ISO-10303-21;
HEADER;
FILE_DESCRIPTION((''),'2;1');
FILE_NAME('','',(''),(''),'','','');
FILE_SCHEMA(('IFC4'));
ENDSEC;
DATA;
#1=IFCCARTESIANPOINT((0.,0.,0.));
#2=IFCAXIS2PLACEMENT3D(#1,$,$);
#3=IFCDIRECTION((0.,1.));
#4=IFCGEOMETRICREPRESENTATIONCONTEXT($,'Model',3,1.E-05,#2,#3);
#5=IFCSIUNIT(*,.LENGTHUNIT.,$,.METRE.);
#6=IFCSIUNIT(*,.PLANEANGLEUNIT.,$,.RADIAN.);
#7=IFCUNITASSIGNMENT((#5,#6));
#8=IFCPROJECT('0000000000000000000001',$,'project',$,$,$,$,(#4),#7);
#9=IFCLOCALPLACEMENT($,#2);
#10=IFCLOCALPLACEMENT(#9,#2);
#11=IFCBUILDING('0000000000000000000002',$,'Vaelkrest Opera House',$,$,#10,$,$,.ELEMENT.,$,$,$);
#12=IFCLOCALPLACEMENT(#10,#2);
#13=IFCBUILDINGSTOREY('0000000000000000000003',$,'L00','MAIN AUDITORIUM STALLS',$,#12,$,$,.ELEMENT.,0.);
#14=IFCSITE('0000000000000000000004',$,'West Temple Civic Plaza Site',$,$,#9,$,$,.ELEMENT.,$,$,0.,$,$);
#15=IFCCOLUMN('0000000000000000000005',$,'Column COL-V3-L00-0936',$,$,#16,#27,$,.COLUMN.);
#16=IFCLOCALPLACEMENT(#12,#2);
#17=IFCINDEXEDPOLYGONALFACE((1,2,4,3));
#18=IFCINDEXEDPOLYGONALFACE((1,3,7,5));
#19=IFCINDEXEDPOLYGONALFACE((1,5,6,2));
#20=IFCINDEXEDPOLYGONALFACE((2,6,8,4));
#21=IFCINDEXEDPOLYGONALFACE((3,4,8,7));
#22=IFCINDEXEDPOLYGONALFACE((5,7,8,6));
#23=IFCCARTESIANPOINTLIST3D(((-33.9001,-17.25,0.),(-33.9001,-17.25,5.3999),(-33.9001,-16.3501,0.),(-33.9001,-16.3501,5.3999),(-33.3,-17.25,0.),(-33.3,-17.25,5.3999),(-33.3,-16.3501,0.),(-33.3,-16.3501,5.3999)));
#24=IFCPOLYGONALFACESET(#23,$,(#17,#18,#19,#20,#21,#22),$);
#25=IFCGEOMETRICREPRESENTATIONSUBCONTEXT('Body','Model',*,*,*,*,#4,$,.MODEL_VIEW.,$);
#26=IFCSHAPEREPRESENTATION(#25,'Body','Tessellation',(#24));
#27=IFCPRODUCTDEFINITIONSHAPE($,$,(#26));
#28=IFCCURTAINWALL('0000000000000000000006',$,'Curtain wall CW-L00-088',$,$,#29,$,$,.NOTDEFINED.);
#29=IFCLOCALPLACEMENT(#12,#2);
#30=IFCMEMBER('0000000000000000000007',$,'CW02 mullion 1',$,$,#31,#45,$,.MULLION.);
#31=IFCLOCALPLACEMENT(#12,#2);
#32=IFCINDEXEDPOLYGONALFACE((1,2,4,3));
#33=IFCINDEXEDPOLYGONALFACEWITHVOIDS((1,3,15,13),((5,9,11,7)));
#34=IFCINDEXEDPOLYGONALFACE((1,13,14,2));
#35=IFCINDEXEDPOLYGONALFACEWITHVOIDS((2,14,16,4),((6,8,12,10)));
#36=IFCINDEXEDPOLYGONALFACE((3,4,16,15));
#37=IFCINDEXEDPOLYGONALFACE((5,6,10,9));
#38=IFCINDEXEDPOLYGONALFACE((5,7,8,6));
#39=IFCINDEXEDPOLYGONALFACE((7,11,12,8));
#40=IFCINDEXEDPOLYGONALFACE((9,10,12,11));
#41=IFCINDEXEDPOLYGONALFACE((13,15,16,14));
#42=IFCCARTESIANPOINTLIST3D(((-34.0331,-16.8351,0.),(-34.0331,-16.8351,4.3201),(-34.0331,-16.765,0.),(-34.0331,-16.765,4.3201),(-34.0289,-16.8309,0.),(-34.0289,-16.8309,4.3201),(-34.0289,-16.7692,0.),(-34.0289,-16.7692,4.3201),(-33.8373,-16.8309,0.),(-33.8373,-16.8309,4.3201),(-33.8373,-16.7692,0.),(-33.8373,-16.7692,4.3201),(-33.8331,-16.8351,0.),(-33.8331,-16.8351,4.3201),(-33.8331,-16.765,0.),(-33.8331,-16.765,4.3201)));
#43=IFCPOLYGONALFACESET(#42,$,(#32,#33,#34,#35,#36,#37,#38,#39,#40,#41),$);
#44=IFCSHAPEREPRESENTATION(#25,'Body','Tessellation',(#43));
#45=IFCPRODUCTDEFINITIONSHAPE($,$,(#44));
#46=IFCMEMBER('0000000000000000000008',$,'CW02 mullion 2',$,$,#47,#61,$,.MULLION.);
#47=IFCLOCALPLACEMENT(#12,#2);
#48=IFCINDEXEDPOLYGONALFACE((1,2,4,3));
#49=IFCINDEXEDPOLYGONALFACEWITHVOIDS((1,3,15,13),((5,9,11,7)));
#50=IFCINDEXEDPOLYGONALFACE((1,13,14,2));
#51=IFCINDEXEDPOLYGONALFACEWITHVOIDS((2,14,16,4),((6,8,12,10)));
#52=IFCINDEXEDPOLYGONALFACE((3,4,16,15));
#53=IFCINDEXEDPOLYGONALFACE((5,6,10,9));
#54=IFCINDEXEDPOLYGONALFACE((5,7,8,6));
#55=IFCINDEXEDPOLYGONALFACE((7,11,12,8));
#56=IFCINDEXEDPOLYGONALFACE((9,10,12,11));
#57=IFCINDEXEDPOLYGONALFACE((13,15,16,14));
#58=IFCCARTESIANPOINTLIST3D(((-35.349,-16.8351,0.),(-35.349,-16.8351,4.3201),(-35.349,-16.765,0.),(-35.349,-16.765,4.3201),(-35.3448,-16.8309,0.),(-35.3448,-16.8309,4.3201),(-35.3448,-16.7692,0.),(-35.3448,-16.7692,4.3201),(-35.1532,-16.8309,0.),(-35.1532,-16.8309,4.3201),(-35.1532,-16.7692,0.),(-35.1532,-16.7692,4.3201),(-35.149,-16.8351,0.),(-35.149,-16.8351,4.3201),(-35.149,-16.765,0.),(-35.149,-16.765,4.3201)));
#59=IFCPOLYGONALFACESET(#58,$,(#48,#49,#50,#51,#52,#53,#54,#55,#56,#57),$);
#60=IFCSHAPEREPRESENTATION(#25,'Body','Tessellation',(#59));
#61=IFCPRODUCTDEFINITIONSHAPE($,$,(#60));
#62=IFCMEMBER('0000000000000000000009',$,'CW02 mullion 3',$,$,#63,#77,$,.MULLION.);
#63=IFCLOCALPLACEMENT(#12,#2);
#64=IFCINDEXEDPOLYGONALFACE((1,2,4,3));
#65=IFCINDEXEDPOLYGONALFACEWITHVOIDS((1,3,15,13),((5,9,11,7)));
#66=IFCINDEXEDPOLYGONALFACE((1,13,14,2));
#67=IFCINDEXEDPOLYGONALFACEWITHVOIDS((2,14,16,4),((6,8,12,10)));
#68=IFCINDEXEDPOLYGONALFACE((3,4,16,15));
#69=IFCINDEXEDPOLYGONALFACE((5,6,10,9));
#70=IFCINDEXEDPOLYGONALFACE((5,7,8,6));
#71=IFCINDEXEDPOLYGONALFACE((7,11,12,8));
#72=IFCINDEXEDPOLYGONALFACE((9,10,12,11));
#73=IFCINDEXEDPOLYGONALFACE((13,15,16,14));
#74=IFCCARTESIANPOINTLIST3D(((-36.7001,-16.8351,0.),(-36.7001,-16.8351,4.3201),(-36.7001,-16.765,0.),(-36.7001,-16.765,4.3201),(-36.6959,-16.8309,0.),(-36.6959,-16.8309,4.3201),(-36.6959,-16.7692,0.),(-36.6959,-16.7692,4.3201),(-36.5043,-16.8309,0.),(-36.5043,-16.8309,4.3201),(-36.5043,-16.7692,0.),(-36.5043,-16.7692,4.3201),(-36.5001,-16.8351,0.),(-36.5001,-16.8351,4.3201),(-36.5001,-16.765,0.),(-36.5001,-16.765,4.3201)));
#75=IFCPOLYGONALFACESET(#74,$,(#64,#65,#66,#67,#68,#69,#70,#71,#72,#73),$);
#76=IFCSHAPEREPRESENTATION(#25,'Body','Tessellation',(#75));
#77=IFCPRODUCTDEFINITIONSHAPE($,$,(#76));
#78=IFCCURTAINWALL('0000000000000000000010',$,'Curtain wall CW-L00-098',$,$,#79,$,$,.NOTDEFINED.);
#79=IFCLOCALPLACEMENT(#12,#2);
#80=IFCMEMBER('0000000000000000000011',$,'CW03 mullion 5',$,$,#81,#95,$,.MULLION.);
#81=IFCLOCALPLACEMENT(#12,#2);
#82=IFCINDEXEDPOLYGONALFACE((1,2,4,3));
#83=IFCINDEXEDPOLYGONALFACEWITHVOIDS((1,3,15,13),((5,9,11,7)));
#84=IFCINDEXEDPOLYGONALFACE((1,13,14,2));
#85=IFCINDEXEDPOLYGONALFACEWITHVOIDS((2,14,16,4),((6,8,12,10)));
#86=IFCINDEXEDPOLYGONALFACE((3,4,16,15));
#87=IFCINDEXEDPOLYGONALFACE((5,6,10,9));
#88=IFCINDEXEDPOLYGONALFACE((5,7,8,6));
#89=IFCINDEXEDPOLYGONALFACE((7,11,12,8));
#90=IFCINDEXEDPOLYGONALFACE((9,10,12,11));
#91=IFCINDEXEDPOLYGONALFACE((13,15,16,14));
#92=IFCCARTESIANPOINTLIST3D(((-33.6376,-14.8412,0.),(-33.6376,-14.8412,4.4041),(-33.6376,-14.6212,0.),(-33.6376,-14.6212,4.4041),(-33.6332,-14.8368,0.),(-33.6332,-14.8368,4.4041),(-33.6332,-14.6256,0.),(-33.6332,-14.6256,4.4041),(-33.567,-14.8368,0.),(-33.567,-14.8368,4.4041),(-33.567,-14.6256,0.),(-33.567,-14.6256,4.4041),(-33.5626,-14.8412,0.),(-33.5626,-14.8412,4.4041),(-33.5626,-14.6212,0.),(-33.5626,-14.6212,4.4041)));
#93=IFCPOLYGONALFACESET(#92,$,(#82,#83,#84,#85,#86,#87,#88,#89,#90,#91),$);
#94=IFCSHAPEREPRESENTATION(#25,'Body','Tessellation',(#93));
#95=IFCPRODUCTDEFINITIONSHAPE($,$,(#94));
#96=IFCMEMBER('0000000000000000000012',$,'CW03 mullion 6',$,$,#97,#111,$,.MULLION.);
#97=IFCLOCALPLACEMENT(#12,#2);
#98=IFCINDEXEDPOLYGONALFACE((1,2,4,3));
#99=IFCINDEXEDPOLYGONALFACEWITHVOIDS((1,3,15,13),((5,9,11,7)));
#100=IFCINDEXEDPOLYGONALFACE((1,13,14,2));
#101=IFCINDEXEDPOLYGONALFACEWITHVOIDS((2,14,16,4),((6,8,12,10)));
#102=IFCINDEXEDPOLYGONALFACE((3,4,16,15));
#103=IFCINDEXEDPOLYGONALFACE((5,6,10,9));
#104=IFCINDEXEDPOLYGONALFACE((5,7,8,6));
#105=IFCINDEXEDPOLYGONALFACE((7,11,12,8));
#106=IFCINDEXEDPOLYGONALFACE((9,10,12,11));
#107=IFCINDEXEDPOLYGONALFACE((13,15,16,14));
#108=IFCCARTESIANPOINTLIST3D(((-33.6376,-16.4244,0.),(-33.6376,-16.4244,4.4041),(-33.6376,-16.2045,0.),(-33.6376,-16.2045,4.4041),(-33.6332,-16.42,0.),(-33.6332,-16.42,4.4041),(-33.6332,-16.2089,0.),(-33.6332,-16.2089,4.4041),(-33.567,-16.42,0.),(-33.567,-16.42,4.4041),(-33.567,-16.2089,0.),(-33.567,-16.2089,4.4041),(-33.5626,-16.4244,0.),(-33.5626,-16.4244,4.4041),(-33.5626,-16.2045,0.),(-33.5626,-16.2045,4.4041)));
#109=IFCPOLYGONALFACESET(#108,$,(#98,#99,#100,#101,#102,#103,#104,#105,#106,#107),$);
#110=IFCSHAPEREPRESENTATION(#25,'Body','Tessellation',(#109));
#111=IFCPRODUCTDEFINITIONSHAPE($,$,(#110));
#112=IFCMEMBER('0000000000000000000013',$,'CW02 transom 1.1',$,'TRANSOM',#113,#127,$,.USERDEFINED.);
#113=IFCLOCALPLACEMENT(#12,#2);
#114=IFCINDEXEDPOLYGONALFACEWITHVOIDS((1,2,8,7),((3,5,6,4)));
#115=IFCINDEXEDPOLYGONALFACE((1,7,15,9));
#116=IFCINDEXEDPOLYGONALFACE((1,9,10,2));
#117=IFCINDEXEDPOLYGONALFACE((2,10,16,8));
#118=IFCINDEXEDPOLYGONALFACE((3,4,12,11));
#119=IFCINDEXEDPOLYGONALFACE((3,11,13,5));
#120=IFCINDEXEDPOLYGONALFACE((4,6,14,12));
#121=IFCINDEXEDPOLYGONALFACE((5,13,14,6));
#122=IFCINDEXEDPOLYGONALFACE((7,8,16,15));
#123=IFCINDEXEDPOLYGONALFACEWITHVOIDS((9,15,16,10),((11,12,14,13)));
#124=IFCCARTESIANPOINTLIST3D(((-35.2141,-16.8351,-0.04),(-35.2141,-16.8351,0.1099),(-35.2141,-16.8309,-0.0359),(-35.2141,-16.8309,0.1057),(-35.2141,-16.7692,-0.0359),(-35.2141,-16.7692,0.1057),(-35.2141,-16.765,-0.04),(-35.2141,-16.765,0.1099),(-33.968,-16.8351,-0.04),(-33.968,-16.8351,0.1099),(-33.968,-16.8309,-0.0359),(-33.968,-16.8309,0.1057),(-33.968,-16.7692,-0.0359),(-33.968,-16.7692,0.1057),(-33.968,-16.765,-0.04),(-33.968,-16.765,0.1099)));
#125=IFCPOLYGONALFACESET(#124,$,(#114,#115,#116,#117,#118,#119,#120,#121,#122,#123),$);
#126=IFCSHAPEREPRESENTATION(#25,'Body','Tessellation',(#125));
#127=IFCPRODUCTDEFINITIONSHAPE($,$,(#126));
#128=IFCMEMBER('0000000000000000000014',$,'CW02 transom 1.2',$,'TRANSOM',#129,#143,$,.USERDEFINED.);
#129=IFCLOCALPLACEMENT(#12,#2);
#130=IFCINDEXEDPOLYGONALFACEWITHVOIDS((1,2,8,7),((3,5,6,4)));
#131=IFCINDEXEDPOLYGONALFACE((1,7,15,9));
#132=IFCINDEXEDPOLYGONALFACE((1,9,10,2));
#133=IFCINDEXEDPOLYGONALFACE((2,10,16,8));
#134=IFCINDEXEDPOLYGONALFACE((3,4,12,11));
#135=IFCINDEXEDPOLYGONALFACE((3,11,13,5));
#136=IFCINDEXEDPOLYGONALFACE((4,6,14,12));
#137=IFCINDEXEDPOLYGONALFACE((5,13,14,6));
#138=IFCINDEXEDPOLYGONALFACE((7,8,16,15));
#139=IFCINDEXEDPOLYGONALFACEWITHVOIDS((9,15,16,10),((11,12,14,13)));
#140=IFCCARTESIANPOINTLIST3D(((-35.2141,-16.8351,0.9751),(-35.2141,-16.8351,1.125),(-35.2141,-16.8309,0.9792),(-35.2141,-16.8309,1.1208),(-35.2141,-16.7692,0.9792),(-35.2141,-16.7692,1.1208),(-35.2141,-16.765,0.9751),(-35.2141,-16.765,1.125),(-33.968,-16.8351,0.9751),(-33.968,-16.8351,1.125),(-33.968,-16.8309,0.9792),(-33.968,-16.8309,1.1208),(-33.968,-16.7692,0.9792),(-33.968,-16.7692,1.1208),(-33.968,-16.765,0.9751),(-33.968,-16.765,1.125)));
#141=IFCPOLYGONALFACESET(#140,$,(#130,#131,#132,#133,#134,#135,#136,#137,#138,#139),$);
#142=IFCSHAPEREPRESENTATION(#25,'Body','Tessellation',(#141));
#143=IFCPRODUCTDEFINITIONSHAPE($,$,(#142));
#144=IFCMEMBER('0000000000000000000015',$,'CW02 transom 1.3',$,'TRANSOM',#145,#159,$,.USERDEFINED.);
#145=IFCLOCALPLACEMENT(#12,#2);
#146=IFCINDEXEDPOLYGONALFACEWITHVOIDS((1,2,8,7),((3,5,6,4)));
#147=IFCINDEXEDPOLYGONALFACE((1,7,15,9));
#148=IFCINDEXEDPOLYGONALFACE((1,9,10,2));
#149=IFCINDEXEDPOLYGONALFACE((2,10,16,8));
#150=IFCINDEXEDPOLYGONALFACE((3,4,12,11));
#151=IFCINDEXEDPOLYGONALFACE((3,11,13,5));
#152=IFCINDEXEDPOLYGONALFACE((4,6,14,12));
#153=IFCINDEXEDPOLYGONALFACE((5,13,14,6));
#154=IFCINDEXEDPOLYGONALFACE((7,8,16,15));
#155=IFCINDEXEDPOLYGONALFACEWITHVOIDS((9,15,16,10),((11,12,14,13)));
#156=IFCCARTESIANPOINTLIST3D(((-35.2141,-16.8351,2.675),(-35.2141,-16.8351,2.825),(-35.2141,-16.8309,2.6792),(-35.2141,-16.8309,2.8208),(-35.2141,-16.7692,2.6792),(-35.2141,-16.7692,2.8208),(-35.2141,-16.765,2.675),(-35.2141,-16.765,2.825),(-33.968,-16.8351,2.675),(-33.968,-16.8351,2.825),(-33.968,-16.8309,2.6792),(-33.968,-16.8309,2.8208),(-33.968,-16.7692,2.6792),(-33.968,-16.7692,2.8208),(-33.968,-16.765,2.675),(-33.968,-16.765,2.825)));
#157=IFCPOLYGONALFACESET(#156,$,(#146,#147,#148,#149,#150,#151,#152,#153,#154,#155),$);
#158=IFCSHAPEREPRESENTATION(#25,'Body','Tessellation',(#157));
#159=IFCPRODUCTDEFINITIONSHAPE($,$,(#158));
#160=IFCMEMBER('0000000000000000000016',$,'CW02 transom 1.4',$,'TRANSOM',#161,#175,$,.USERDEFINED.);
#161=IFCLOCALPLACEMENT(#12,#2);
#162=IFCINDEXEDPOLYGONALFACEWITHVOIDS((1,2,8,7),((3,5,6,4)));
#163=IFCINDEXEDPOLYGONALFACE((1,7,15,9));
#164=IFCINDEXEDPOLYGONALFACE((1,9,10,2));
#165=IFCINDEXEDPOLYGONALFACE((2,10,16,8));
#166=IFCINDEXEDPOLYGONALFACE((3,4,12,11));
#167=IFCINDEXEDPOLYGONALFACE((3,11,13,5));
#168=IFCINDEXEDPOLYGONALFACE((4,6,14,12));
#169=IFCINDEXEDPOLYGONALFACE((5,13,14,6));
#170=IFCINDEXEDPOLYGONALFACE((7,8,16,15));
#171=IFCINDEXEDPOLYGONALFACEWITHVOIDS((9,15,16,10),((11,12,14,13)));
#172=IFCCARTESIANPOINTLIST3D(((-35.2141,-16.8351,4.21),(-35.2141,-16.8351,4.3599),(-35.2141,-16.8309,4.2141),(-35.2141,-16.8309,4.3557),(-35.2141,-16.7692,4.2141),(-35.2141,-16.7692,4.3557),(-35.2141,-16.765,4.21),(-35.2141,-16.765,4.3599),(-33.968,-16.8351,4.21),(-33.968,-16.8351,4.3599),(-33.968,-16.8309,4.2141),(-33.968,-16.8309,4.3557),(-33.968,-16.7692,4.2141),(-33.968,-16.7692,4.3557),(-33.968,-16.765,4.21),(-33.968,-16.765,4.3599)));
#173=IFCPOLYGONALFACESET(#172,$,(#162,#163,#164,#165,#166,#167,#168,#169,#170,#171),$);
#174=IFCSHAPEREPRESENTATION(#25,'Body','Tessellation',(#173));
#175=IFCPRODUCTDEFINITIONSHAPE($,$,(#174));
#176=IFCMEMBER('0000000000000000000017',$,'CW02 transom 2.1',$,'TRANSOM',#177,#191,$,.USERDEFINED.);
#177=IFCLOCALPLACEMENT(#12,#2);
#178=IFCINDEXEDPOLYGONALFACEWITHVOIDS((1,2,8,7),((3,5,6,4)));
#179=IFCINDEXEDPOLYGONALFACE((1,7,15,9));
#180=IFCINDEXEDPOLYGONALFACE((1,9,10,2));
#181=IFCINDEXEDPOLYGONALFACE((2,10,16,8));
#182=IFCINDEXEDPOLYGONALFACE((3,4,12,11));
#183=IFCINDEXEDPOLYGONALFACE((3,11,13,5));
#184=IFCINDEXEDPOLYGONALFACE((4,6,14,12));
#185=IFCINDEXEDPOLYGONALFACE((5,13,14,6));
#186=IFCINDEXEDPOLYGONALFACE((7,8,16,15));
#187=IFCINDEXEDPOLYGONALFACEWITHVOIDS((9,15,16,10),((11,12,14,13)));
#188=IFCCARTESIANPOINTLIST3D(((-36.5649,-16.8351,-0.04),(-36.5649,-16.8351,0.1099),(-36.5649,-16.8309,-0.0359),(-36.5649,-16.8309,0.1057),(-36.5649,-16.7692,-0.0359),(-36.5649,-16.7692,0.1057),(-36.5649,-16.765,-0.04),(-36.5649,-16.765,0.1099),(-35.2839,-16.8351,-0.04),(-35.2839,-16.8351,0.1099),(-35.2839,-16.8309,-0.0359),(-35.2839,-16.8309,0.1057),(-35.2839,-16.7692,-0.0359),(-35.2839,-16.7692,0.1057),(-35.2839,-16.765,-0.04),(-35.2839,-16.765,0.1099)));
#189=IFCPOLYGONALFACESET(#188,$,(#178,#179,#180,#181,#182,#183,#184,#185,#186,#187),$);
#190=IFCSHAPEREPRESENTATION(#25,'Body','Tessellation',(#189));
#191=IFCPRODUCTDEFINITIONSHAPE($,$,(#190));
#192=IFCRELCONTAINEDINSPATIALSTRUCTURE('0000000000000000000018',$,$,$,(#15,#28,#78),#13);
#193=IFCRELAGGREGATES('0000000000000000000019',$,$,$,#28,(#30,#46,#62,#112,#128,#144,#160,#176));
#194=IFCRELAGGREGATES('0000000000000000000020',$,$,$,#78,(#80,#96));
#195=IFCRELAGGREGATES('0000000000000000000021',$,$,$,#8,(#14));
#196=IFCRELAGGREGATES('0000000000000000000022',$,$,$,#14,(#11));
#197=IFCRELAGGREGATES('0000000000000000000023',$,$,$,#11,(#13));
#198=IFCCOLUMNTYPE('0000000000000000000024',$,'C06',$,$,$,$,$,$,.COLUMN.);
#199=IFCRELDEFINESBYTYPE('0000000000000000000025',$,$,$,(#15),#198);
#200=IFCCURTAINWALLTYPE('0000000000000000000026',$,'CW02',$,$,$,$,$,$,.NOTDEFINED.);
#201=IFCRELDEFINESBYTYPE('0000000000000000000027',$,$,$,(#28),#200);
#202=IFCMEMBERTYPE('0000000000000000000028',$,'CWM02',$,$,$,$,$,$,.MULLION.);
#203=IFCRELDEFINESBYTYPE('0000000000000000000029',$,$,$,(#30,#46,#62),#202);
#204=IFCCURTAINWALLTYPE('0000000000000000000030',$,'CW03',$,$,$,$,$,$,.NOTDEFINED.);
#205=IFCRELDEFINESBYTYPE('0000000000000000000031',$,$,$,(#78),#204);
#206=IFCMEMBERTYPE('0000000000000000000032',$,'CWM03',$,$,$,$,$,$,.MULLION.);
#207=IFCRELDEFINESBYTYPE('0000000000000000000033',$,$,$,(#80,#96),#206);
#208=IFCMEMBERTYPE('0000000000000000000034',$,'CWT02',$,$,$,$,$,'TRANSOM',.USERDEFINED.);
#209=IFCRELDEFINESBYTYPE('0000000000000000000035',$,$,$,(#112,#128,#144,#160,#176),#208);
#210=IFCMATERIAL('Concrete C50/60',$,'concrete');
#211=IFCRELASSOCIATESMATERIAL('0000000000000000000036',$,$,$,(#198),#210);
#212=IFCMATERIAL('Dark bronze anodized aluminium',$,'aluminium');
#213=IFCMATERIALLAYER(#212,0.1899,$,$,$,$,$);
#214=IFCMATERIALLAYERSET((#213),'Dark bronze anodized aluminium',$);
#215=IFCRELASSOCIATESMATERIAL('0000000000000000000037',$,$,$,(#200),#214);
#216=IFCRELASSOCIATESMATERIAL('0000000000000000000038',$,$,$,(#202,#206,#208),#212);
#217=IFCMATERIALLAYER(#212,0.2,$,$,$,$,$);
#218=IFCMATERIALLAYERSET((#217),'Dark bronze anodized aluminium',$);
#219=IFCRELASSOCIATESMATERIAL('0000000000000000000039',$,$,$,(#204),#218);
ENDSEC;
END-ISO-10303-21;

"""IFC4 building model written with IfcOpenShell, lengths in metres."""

from ifc_helpers import new_model, si_unit, direction, frame, origin, origin_2d, place, context, subcontext, project, spatial, rectangle, hollow_rectangle, extrude, material, layer, layer_set, material_profile, profile_set, type_object, element, aggregate, save


model = new_model("IFC4")

# Units and contexts
model_context = context("Model", 3, precision=1e-05, world=origin(), true_north=direction((0.0, 1.0)))
body_context = subcontext(model_context, "Body", "Model", "MODEL_VIEW")
ifc_project = project(units=[si_unit("LENGTHUNIT", "METRE"), si_unit("PLANEANGLEUNIT", "RADIAN")], contexts=[model_context])

# Site, building, storey
site_placement = place(None, origin())
site = spatial("IfcSite", under=ifc_project, at=site_placement, Name="West Temple Civic Plaza Site", CompositionType="ELEMENT", RefElevation=0.0)
building_placement = place(site_placement, origin())
building = spatial("IfcBuilding", under=site, at=building_placement, Name="Vaelkrest Opera House", CompositionType="ELEMENT")
storey_placement = place(building_placement, origin())
storey = spatial("IfcBuildingStorey", under=building, at=storey_placement, Name="L00", Description="MAIN AUDITORIUM STALLS", CompositionType="ELEMENT", Elevation=0.0)

# Column
ifc_material_1 = material(Name="Concrete C50/60", Category="concrete")
ifc_material_profile_1 = material_profile(ifc_material_1, rectangle(XDim=0.6001, YDim=0.8999, at=origin_2d()), Name="RC600X900")
ifc_profile_set_1 = profile_set([ifc_material_profile_1], Name="Concrete C50/60")
column_type = type_object("IfcColumnType", Name="C06", PredefinedType="COLUMN", material=ifc_profile_set_1)
column_placement = place(storey_placement, frame((-33.6001, -16.8, 0.0), z_axis=(0.0, 0.0, 1.0), x_axis=(1.0, 0.0, 0.0)))
element("IfcColumn", 1, at=column_placement, inside=storey, type_object=column_type, Name="Column COL-V3-L00-0936", PredefinedType="COLUMN", context=body_context, shape_type="SweptSolid", body=[
    extrude(rectangle(XDim=0.6001, YDim=0.8999, at=origin_2d()), origin(), (0.0, 0.0, 1.0), 5.3999),
])

# Curtain walls, members
ifc_material_2 = material(Name="Dark bronze anodized aluminium", Category="aluminium")
ifc_layer_1 = layer(ifc_material_2, 0.1899)
ifc_layer_set_1 = layer_set([ifc_layer_1], Name="Dark bronze anodized aluminium")
curtain_wall_type_1 = type_object("IfcCurtainWallType", Name="CW02", PredefinedType="NOTDEFINED", material=ifc_layer_set_1)
curtain_wall_1_placement = place(storey_placement, origin())
curtain_wall_1 = element("IfcCurtainWall", 2, at=curtain_wall_1_placement, inside=storey, type_object=curtain_wall_type_1, Name="Curtain wall CW-L00-088", PredefinedType="NOTDEFINED")
ifc_material_profile_2 = material_profile(ifc_material_2, hollow_rectangle(XDim=0.0701, YDim=0.2, WallThickness=0.0042, at=origin_2d()), Name="CWM70X200")
ifc_profile_set_2 = profile_set([ifc_material_profile_2], Name="Dark bronze anodized aluminium")
member_type_1 = type_object("IfcMemberType", Name="CWM02", PredefinedType="MULLION", material=ifc_profile_set_2)
member_1_placement = place(storey_placement, frame((-33.9331, -16.8, 0.0), z_axis=(0.0, 0.0, 1.0), x_axis=(0.0, -1.0, 0.0)))
member_1 = element("IfcMember", 3, at=member_1_placement, type_object=member_type_1, Name="CW02 mullion 1", PredefinedType="MULLION", context=body_context, shape_type="SweptSolid", body=[
    extrude(hollow_rectangle(XDim=0.0701, YDim=0.2, WallThickness=0.0042, at=origin_2d()), origin(), (0.0, 0.0, 1.0), 4.3201),
])
member_2_placement = place(storey_placement, frame((-35.249, -16.8, 0.0), z_axis=(0.0, 0.0, 1.0), x_axis=(0.0, -1.0, 0.0)))
member_2 = element("IfcMember", 4, at=member_2_placement, type_object=member_type_1, Name="CW02 mullion 2", PredefinedType="MULLION", context=body_context, shape_type="SweptSolid", body=[
    extrude(hollow_rectangle(XDim=0.0701, YDim=0.2, WallThickness=0.0042, at=origin_2d()), origin(), (0.0, 0.0, 1.0), 4.3201),
])
member_3_placement = place(storey_placement, frame((-36.6001, -16.8, 0.0), z_axis=(0.0, 0.0, 1.0), x_axis=(0.0, -1.0, 0.0)))
member_3 = element("IfcMember", 5, at=member_3_placement, type_object=member_type_1, Name="CW02 mullion 3", PredefinedType="MULLION", context=body_context, shape_type="SweptSolid", body=[
    extrude(hollow_rectangle(XDim=0.0701, YDim=0.2, WallThickness=0.0042, at=origin_2d()), origin(), (0.0, 0.0, 1.0), 4.3201),
])
ifc_layer_2 = layer(ifc_material_2, 0.2)
ifc_layer_set_2 = layer_set([ifc_layer_2], Name="Dark bronze anodized aluminium")
curtain_wall_type_2 = type_object("IfcCurtainWallType", Name="CW03", PredefinedType="NOTDEFINED", material=ifc_layer_set_2)
curtain_wall_2_placement = place(storey_placement, origin())
curtain_wall_2 = element("IfcCurtainWall", 6, at=curtain_wall_2_placement, inside=storey, type_object=curtain_wall_type_2, Name="Curtain wall CW-L00-098", PredefinedType="NOTDEFINED")
ifc_material_profile_3 = material_profile(ifc_material_2, hollow_rectangle(XDim=0.075, YDim=0.22, WallThickness=0.0044, at=origin_2d()), Name="CWM75X220")
ifc_profile_set_3 = profile_set([ifc_material_profile_3], Name="Dark bronze anodized aluminium")
member_type_2 = type_object("IfcMemberType", Name="CWM03", PredefinedType="MULLION", material=ifc_profile_set_3)
member_4_placement = place(storey_placement, frame((-33.6001, -14.7312, 0.0), z_axis=(0.0, 0.0, 1.0), x_axis=(1.0, 0.0, 0.0)))
member_4 = element("IfcMember", 7, at=member_4_placement, type_object=member_type_2, Name="CW03 mullion 5", PredefinedType="MULLION", context=body_context, shape_type="SweptSolid", body=[
    extrude(hollow_rectangle(XDim=0.075, YDim=0.22, WallThickness=0.0044, at=origin_2d()), origin(), (0.0, 0.0, 1.0), 4.4041),
])
member_5_placement = place(storey_placement, frame((-33.6001, -16.3145, 0.0), z_axis=(0.0, 0.0, 1.0), x_axis=(1.0, 0.0, 0.0)))
member_5 = element("IfcMember", 8, at=member_5_placement, type_object=member_type_2, Name="CW03 mullion 6", PredefinedType="MULLION", context=body_context, shape_type="SweptSolid", body=[
    extrude(hollow_rectangle(XDim=0.075, YDim=0.22, WallThickness=0.0044, at=origin_2d()), origin(), (0.0, 0.0, 1.0), 4.4041),
])

# Members
ifc_material_profile_4 = material_profile(ifc_material_2, hollow_rectangle(XDim=0.0701, YDim=0.1499, WallThickness=0.0042, at=origin_2d()), Name="CWT70X150")
ifc_profile_set_4 = profile_set([ifc_material_profile_4], Name="Dark bronze anodized aluminium")
member_type_3 = type_object("IfcMemberType", Name="CWT02", ElementType="TRANSOM", PredefinedType="USERDEFINED", material=ifc_profile_set_4)
member_6_placement = place(storey_placement, frame((-33.968, -16.8, 0.0349), z_axis=(-1.0, 0.0, 0.0), x_axis=(0.0, -1.0, 0.0)))
member_6 = element("IfcMember", 9, at=member_6_placement, type_object=member_type_3, Name="CW02 transom 1.1", ObjectType="TRANSOM", PredefinedType="USERDEFINED", context=body_context, shape_type="SweptSolid", body=[
    extrude(hollow_rectangle(XDim=0.0701, YDim=0.1499, WallThickness=0.0042, at=origin_2d()), origin(), (0.0, 0.0, 1.0), 1.2461),
])
member_7_placement = place(storey_placement, frame((-33.968, -16.8, 1.05), z_axis=(-1.0, 0.0, 0.0), x_axis=(0.0, -1.0, 0.0)))
member_7 = element("IfcMember", 10, at=member_7_placement, type_object=member_type_3, Name="CW02 transom 1.2", ObjectType="TRANSOM", PredefinedType="USERDEFINED", context=body_context, shape_type="SweptSolid", body=[
    extrude(hollow_rectangle(XDim=0.0701, YDim=0.1499, WallThickness=0.0042, at=origin_2d()), origin(), (0.0, 0.0, 1.0), 1.2461),
])
member_8_placement = place(storey_placement, frame((-33.968, -16.8, 2.75), z_axis=(-1.0, 0.0, 0.0), x_axis=(0.0, -1.0, 0.0)))
member_8 = element("IfcMember", 11, at=member_8_placement, type_object=member_type_3, Name="CW02 transom 1.3", ObjectType="TRANSOM", PredefinedType="USERDEFINED", context=body_context, shape_type="SweptSolid", body=[
    extrude(hollow_rectangle(XDim=0.0701, YDim=0.1499, WallThickness=0.0042, at=origin_2d()), origin(), (0.0, 0.0, 1.0), 1.2461),
])
member_9_placement = place(storey_placement, frame((-33.968, -16.8, 4.2849), z_axis=(-1.0, 0.0, 0.0), x_axis=(0.0, -1.0, 0.0)))
member_9 = element("IfcMember", 12, at=member_9_placement, type_object=member_type_3, Name="CW02 transom 1.4", ObjectType="TRANSOM", PredefinedType="USERDEFINED", context=body_context, shape_type="SweptSolid", body=[
    extrude(hollow_rectangle(XDim=0.0701, YDim=0.1499, WallThickness=0.0042, at=origin_2d()), origin(), (0.0, 0.0, 1.0), 1.2461),
])
member_10_placement = place(storey_placement, frame((-35.2839, -16.8, 0.0349), z_axis=(-1.0, 0.0, 0.0), x_axis=(0.0, -1.0, 0.0)))
member_10 = element("IfcMember", 13, at=member_10_placement, type_object=member_type_3, Name="CW02 transom 2.1", ObjectType="TRANSOM", PredefinedType="USERDEFINED", context=body_context, shape_type="SweptSolid", body=[
    extrude(hollow_rectangle(XDim=0.0701, YDim=0.1499, WallThickness=0.0042, at=origin_2d()), origin(), (0.0, 0.0, 1.0), 1.281),
])

aggregate(curtain_wall_1, [member_1, member_2, member_3, member_6, member_7, member_8, member_9, member_10])
aggregate(curtain_wall_2, [member_4, member_5])

save(model, "model.ifc")
